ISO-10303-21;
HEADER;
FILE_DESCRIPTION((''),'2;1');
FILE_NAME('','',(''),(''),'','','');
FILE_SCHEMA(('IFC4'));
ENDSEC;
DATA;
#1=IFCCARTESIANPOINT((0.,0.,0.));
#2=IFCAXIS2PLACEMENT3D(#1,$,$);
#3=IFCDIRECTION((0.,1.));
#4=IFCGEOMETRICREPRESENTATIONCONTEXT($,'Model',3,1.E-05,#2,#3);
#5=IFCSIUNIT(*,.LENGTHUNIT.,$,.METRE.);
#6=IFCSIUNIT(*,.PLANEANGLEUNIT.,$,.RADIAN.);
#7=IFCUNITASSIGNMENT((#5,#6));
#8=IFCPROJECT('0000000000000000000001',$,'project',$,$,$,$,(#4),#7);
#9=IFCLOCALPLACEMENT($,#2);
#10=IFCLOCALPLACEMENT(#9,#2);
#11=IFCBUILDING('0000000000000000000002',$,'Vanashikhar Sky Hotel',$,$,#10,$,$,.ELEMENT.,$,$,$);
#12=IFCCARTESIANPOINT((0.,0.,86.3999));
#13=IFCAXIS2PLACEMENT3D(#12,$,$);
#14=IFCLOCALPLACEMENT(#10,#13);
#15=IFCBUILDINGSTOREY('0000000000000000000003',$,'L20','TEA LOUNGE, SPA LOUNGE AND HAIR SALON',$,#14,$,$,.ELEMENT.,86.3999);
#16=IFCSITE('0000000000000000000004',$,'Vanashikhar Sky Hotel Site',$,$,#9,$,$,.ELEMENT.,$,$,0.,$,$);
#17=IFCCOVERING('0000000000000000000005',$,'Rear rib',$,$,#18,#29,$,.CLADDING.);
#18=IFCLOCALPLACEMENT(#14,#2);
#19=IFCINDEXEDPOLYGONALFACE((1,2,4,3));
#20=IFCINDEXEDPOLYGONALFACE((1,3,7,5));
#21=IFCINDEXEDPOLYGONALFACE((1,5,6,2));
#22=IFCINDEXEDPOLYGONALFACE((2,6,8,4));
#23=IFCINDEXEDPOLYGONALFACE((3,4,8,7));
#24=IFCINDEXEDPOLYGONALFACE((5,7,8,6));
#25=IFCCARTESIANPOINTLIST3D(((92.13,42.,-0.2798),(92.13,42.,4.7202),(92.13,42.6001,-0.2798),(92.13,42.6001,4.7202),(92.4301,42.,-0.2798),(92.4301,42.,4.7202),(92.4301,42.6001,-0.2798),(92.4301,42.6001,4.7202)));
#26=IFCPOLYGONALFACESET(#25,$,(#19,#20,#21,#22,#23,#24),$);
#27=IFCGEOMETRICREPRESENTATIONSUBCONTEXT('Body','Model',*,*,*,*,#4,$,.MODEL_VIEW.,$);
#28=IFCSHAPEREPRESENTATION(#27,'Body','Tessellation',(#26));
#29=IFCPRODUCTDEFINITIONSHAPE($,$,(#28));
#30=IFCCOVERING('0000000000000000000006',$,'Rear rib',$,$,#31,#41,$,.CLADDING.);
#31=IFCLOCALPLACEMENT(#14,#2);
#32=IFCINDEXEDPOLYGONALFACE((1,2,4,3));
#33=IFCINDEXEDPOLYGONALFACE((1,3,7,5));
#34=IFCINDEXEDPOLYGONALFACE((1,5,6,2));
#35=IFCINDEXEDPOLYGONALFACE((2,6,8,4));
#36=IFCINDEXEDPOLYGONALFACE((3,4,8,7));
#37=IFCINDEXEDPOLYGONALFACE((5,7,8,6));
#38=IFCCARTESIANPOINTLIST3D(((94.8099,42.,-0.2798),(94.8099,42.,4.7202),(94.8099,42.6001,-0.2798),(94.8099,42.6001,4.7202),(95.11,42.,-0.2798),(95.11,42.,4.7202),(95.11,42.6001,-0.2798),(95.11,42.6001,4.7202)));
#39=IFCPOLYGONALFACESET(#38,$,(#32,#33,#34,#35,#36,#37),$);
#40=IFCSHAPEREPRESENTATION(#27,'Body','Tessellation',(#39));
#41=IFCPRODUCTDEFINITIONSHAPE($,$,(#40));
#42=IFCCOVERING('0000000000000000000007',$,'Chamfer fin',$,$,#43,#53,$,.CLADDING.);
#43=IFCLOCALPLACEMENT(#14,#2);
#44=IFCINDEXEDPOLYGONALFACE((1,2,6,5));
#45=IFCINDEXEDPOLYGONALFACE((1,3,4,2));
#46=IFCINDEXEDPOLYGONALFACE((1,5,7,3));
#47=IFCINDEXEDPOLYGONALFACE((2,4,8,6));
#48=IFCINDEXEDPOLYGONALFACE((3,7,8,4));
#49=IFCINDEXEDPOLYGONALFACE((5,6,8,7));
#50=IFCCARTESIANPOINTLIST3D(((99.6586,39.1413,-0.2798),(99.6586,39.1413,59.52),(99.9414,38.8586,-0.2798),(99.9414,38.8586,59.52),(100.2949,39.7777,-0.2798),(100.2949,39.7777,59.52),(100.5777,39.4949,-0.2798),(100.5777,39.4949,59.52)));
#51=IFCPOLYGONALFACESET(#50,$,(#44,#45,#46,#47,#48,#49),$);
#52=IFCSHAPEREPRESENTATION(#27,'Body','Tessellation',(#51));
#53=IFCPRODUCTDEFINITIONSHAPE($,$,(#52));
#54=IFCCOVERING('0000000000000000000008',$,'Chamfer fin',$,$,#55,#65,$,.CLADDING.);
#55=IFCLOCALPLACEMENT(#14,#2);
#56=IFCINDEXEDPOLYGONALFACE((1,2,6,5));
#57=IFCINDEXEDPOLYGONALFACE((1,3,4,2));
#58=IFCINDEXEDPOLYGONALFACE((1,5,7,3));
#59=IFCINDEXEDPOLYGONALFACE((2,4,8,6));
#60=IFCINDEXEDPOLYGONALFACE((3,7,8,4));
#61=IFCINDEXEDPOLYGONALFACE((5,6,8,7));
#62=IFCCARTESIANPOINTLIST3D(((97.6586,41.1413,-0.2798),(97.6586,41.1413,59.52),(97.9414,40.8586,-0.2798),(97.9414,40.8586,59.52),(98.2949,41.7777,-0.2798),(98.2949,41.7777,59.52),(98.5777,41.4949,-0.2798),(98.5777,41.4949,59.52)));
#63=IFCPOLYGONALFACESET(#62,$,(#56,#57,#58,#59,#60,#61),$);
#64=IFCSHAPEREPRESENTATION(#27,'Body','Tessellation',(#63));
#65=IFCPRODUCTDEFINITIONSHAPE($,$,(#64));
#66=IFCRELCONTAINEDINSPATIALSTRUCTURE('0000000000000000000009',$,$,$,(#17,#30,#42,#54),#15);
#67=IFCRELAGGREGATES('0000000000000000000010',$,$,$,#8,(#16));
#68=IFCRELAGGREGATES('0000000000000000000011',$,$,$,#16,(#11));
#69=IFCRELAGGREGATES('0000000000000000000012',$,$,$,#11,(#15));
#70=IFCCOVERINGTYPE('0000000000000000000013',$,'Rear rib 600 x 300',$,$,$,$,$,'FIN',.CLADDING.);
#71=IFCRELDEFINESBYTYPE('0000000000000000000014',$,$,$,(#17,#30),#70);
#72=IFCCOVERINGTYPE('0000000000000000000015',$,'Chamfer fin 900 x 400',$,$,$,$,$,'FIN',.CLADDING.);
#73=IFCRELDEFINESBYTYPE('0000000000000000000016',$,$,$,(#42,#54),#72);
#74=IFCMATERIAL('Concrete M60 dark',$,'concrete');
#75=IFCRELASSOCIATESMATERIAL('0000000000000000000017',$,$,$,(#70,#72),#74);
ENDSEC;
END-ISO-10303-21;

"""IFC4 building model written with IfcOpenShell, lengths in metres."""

from ifc_helpers import new_model, si_unit, direction, frame, origin, origin_2d, place, context, subcontext, project, spatial, rectangle, extrude, source, transform, mapped, material, material_profile, profile_set, type_object, element, save


model = new_model("IFC4")

# Units and contexts
model_context = context("Model", 3, precision=1e-05, world=origin(), true_north=direction((0.0, 1.0)))
body_context = subcontext(model_context, "Body", "Model", "MODEL_VIEW")
ifc_project = project(units=[si_unit("LENGTHUNIT", "METRE"), si_unit("PLANEANGLEUNIT", "RADIAN")], contexts=[model_context])

# Site, building, storey
site_placement = place(None, origin())
site = spatial("IfcSite", under=ifc_project, at=site_placement, Name="Vanashikhar Sky Hotel Site", CompositionType="ELEMENT", RefElevation=0.0)
building_placement = place(site_placement, origin())
building = spatial("IfcBuilding", under=site, at=building_placement, Name="Vanashikhar Sky Hotel", CompositionType="ELEMENT")
storey_placement = place(building_placement, frame((0.0, 0.0, 86.3999)))
storey = spatial("IfcBuildingStorey", under=building, at=storey_placement, Name="L20", Description="TEA LOUNGE, SPA LOUNGE AND HAIR SALON", CompositionType="ELEMENT", Elevation=86.3999)

# Coverings
ifc_material_1 = material(Name="Concrete M60 dark", Category="concrete")
ifc_material_profile_1 = material_profile(ifc_material_1, rectangle(XDim=0.6001, YDim=0.3, at=origin_2d()))
ifc_profile_set_1 = profile_set([ifc_material_profile_1], Name="Rear rib 600 x 300")
covering_type_1 = type_object("IfcCoveringType", Name="Rear rib 600 x 300", ElementType="FIN", PredefinedType="CLADDING", material=ifc_profile_set_1)
shared_shape_1 = source(origin(), body_context, "Body", "SweptSolid", [
    extrude(rectangle(XDim=0.6001, YDim=0.3, at=origin_2d()), origin(), (0.0, 0.0, 1.0), 5.0),
])
for number, where, z_axis, x_axis, name in (
    (1, (92.28, 42.3, -0.2798), (0.0, 0.0, 1.0), (0.0, 1.0, 0.0), "Rear rib"),
    (2, (94.96, 42.3, -0.2798), (0.0, 0.0, 1.0), (0.0, 1.0, 0.0), "Rear rib"),
):
    element("IfcCovering", number, at=place(storey_placement, frame(where, z_axis=z_axis, x_axis=x_axis)), inside=storey, type_object=covering_type_1, Name=name, PredefinedType="CLADDING", context=body_context, shape_type="MappedRepresentation", body=[
        mapped(shared_shape_1, transform((0.0, 0.0, 0.0), scale=1.0)),
    ])
ifc_material_profile_2 = material_profile(ifc_material_1, rectangle(XDim=0.8999, YDim=0.3999, at=origin_2d()))
ifc_profile_set_2 = profile_set([ifc_material_profile_2], Name="Chamfer fin 900 x 400")
covering_type_2 = type_object("IfcCoveringType", Name="Chamfer fin 900 x 400", ElementType="FIN", PredefinedType="CLADDING", material=ifc_profile_set_2)
shared_shape_2 = source(origin(), body_context, "Body", "SweptSolid", [
    extrude(rectangle(XDim=0.8999, YDim=0.3999, at=origin_2d()), origin(), (0.0, 0.0, 1.0), 59.7998),
])
for number, where, z_axis, x_axis, name in (
    (3, (100.1182, 39.3181, -0.2798), (0.0, 0.0, 1.0), (0.707107, 0.707107, 0.0), "Chamfer fin"),
    (4, (98.1182, 41.3181, -0.2798), (0.0, 0.0, 1.0), (0.707107, 0.707107, 0.0), "Chamfer fin"),
):
    element("IfcCovering", number, at=place(storey_placement, frame(where, z_axis=z_axis, x_axis=x_axis)), inside=storey, type_object=covering_type_2, Name=name, PredefinedType="CLADDING", context=body_context, shape_type="MappedRepresentation", body=[
        mapped(shared_shape_2, transform((0.0, 0.0, 0.0), scale=1.0)),
    ])

save(model, "model.ifc")
